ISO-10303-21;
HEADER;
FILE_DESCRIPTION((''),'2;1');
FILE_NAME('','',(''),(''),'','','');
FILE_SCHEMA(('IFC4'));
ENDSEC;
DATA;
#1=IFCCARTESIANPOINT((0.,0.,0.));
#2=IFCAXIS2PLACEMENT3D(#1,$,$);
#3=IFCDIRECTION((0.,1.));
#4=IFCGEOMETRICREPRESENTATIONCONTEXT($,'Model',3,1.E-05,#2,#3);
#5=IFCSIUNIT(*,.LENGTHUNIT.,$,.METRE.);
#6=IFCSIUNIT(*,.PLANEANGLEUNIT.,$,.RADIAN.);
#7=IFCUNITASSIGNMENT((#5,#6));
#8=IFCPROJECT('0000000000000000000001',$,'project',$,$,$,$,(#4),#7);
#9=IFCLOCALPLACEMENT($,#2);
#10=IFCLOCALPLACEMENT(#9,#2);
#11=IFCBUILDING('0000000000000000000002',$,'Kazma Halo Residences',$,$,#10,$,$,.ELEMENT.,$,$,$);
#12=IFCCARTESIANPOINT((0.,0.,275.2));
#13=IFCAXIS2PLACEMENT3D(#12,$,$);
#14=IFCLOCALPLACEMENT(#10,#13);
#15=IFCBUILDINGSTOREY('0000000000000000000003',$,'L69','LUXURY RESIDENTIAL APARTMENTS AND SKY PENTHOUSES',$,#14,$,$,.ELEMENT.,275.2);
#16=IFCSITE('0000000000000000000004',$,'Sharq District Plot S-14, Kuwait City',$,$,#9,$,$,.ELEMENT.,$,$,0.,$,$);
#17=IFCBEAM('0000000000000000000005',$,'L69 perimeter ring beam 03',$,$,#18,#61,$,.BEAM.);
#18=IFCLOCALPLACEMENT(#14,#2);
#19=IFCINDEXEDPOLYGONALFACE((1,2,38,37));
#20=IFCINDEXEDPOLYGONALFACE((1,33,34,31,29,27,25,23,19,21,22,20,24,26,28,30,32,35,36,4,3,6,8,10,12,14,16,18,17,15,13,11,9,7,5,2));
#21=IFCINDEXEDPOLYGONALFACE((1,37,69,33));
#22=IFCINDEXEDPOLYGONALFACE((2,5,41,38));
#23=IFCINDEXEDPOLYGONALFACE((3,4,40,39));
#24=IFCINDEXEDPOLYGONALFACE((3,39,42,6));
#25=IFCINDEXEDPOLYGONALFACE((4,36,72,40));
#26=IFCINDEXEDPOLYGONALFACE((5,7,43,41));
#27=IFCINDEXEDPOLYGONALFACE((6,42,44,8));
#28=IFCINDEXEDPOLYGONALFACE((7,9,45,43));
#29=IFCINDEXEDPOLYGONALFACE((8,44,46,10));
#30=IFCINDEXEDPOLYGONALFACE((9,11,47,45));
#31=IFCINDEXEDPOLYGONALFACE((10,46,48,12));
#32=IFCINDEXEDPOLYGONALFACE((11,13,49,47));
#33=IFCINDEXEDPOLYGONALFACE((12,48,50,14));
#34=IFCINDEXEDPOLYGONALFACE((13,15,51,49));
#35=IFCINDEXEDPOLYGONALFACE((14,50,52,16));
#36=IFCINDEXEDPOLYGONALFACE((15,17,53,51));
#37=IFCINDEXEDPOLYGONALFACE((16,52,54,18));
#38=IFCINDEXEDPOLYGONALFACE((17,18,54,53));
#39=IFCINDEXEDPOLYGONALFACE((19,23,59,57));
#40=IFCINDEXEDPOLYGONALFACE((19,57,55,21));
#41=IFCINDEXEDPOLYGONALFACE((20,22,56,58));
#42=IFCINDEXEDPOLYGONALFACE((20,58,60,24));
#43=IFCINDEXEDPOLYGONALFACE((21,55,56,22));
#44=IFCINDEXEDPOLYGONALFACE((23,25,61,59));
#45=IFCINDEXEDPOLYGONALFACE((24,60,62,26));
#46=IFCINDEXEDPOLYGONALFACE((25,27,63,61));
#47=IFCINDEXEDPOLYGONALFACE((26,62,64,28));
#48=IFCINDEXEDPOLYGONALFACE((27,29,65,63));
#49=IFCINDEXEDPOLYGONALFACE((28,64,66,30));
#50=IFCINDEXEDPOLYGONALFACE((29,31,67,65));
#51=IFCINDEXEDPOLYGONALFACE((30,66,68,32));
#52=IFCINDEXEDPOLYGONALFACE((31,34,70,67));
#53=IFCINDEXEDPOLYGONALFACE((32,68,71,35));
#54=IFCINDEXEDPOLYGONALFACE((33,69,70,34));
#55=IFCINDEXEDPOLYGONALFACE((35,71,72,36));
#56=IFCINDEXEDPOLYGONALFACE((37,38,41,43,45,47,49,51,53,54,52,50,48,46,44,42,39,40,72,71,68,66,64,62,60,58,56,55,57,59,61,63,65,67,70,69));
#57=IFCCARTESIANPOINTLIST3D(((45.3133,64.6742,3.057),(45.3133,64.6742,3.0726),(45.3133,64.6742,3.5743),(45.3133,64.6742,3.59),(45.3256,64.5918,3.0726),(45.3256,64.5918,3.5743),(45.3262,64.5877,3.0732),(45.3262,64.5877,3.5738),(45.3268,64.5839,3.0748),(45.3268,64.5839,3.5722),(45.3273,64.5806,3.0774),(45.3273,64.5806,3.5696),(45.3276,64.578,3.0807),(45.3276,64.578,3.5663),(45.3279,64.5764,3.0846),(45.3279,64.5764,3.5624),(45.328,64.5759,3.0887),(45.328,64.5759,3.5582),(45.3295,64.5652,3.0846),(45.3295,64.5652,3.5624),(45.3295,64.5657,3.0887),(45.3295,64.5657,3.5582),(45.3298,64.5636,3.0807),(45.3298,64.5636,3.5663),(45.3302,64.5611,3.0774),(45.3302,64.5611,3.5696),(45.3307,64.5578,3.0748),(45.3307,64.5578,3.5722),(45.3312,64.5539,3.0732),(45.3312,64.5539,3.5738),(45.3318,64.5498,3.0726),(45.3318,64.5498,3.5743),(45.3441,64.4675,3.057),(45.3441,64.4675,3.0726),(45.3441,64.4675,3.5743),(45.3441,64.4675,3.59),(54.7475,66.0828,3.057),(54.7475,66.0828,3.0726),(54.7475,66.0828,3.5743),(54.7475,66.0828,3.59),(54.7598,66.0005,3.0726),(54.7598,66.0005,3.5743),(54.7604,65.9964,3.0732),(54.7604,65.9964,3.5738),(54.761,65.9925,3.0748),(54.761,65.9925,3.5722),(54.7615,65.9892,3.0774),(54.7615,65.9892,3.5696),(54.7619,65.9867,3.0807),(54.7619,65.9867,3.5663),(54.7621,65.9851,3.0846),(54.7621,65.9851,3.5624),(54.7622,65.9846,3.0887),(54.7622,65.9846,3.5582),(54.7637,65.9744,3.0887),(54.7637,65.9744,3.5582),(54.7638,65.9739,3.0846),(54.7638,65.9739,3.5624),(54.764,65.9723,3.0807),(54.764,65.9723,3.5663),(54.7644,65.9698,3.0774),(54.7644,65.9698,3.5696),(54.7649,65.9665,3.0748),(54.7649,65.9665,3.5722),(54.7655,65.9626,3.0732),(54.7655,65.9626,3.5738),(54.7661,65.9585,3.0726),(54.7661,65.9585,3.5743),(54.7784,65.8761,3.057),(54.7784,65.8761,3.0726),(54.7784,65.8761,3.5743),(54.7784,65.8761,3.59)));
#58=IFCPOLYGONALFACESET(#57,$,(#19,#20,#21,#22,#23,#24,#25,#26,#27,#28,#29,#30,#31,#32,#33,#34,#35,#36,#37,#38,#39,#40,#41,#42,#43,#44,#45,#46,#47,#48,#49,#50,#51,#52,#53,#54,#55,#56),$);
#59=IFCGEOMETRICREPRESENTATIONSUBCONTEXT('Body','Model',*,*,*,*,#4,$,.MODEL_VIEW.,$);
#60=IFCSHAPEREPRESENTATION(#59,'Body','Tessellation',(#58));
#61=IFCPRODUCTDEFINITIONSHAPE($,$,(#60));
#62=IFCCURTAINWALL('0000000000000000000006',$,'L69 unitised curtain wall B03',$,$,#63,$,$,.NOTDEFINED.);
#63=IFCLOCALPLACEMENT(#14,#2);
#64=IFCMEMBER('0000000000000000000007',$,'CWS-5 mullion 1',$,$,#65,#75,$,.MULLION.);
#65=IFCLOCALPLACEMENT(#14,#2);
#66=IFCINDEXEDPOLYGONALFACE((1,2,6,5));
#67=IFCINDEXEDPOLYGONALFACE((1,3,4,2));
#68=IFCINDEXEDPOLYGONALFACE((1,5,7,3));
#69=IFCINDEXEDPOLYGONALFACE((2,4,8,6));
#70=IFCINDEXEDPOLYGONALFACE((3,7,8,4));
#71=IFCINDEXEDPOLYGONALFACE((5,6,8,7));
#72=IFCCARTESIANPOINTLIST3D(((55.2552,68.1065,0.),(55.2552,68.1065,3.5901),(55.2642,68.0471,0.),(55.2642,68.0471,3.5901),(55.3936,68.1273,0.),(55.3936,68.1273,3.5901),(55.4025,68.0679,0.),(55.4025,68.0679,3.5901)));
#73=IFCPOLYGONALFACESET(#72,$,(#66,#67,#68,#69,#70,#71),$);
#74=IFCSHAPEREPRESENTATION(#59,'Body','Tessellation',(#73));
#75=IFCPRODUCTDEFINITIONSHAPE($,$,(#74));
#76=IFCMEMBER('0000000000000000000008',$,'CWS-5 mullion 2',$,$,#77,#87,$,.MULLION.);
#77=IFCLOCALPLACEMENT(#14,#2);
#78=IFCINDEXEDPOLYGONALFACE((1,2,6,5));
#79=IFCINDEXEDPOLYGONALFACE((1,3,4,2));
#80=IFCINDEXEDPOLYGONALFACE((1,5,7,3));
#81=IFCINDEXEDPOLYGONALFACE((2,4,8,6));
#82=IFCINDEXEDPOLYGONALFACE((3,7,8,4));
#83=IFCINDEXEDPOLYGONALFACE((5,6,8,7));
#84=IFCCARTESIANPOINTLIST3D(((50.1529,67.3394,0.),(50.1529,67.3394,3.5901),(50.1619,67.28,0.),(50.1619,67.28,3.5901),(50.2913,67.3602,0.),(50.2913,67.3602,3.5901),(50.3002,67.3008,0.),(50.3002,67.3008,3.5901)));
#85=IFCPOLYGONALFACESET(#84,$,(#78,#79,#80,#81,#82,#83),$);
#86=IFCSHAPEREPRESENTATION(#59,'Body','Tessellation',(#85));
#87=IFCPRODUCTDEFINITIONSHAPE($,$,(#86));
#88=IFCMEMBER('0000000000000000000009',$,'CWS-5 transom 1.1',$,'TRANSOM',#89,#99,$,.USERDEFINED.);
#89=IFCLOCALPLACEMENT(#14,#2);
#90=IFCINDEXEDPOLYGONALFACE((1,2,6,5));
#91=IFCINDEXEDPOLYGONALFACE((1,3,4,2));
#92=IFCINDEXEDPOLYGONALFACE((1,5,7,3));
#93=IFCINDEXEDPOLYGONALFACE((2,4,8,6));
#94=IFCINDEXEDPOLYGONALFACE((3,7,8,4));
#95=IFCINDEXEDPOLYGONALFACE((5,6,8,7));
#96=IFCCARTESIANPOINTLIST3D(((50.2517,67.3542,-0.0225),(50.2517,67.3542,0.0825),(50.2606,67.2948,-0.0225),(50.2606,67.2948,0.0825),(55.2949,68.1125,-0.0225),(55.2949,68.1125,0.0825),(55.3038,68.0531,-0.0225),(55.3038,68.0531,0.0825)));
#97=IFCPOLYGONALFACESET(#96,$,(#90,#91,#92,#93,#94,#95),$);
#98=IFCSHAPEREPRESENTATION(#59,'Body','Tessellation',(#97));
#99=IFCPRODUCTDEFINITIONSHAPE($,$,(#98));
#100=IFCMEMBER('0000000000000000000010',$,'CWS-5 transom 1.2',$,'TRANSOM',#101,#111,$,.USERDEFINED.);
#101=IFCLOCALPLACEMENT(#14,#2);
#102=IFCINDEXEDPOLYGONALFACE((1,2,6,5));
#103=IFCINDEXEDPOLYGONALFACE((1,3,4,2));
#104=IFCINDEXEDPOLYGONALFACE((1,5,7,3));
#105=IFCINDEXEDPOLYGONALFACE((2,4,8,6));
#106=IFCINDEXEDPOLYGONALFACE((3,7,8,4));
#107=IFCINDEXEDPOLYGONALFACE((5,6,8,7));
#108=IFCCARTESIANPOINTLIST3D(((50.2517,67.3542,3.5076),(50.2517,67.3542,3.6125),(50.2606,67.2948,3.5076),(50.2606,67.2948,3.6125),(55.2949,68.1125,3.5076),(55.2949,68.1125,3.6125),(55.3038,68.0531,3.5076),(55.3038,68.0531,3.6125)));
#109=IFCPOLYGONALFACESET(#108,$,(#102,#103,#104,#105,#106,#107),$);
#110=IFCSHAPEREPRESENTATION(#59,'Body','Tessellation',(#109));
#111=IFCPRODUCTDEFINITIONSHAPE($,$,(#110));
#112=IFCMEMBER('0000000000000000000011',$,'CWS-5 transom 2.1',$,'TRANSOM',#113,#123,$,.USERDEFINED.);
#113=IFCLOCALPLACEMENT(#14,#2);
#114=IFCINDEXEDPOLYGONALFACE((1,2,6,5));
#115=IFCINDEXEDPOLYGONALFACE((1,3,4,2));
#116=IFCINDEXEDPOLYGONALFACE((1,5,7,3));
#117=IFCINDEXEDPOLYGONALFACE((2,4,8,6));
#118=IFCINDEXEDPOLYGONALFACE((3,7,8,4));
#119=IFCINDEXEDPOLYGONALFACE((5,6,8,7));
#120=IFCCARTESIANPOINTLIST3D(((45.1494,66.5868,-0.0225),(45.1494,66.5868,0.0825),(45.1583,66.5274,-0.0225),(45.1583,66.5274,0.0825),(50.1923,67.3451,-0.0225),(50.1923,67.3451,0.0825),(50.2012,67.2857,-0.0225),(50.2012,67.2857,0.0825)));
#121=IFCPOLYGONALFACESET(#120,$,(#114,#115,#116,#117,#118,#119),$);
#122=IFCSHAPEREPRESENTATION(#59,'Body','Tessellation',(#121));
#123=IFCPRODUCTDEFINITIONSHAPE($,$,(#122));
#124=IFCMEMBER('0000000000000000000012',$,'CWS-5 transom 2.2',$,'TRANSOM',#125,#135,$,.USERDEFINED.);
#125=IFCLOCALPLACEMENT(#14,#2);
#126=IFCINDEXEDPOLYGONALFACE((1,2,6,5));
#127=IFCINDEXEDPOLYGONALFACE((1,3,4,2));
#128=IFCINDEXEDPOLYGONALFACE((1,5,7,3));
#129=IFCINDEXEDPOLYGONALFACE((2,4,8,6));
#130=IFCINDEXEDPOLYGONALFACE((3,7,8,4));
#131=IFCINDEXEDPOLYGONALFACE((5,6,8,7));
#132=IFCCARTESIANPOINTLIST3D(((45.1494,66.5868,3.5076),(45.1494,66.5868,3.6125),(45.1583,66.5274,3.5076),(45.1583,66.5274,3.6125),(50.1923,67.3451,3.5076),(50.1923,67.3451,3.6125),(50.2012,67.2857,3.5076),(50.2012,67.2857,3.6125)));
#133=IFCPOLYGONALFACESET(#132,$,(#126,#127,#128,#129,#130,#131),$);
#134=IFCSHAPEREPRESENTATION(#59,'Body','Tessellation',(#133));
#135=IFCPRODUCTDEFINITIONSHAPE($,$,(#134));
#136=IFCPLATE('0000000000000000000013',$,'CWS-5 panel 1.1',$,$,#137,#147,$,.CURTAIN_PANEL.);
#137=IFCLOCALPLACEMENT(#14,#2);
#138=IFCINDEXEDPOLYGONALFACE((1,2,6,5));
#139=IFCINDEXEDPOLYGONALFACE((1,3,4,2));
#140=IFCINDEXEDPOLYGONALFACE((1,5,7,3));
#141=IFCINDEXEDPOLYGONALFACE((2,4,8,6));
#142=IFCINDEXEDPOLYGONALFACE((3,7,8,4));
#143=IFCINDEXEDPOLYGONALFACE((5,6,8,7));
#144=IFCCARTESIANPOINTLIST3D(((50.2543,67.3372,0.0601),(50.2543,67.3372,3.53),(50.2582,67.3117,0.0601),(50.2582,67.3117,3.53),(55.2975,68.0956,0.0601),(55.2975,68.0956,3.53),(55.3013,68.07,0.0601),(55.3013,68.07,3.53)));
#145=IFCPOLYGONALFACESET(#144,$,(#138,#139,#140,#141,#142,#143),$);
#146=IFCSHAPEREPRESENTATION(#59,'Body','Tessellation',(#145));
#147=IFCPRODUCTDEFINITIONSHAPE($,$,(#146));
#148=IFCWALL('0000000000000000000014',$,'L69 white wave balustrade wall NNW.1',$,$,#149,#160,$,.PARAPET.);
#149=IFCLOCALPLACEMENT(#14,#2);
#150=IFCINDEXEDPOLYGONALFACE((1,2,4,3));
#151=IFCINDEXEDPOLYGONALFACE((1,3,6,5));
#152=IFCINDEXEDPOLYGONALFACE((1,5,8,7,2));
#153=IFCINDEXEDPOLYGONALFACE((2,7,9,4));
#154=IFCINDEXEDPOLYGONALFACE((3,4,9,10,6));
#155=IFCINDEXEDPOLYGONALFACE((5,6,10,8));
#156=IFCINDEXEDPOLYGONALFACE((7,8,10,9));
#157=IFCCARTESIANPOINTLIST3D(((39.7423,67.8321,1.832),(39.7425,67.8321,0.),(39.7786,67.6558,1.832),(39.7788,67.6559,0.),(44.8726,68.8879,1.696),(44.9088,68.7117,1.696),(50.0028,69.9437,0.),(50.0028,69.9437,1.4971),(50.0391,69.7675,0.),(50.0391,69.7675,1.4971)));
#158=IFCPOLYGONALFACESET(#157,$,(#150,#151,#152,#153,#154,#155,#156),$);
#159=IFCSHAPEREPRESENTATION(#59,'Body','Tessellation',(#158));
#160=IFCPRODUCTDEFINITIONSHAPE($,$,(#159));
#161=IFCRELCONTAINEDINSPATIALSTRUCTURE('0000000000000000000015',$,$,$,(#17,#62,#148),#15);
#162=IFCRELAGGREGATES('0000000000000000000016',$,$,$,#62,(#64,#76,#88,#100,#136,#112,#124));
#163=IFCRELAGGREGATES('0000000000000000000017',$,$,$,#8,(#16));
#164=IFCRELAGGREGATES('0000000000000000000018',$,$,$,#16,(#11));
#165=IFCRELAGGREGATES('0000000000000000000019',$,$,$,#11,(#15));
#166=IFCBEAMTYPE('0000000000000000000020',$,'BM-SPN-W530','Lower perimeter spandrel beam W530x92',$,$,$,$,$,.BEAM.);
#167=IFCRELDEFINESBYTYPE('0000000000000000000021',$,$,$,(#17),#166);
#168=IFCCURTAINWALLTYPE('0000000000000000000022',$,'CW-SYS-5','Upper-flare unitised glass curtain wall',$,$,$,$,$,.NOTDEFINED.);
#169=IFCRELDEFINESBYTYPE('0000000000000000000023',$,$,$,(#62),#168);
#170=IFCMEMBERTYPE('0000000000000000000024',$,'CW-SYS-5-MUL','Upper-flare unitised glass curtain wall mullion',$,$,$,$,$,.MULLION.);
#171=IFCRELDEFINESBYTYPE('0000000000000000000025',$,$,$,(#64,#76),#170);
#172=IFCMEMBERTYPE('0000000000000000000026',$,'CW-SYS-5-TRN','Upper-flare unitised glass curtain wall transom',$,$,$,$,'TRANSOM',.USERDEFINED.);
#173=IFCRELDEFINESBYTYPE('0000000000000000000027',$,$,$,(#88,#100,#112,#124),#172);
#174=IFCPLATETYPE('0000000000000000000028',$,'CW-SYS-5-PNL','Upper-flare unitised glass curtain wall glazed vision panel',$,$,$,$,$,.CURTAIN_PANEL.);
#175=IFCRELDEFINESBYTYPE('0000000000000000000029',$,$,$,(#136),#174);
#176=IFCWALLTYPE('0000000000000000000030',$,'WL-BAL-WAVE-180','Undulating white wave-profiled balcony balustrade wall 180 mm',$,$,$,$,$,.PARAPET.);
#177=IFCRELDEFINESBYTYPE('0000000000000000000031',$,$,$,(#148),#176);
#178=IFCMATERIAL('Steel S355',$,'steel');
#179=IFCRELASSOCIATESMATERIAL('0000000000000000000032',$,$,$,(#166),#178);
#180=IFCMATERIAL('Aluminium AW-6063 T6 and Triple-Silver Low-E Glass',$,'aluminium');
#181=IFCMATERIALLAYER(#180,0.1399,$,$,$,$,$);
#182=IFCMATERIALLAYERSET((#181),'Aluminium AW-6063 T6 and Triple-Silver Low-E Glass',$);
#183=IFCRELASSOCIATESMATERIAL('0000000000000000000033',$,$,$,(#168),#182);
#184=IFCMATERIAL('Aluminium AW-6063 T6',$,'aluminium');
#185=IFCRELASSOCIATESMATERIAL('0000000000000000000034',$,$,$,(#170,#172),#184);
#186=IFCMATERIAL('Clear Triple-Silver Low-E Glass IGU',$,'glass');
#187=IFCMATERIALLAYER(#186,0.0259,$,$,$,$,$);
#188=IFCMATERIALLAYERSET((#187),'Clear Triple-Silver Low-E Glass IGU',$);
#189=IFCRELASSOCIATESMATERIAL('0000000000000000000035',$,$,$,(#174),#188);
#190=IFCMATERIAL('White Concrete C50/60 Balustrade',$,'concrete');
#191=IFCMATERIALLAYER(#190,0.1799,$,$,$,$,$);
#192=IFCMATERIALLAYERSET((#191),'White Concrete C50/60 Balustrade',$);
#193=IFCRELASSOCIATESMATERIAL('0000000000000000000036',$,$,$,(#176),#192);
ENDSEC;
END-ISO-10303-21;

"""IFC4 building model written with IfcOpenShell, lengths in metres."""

from ifc_helpers import new_model, si_unit, direction, frame, origin, origin_2d, place, context, subcontext, project, spatial, polyline, rectangle, i_section, outline, extrude, material, layer, layer_set, material_profile, profile_set, type_object, element, aggregate, save


model = new_model("IFC4")

# Units and contexts
model_context = context("Model", 3, precision=1e-05, world=origin(), true_north=direction((0.0, 1.0)))
body_context = subcontext(model_context, "Body", "Model", "MODEL_VIEW")
ifc_project = project(units=[si_unit("LENGTHUNIT", "METRE"), si_unit("PLANEANGLEUNIT", "RADIAN")], contexts=[model_context])

# Site, building, storey
site_placement = place(None, origin())
site = spatial("IfcSite", under=ifc_project, at=site_placement, Name="Sharq District Plot S-14, Kuwait City", CompositionType="ELEMENT", RefElevation=0.0)
building_placement = place(site_placement, origin())
building = spatial("IfcBuilding", under=site, at=building_placement, Name="Kazma Halo Residences", CompositionType="ELEMENT")
storey_placement = place(building_placement, frame((0.0, 0.0, 275.2)))
storey = spatial("IfcBuildingStorey", under=building, at=storey_placement, Name="L69", Description="LUXURY RESIDENTIAL APARTMENTS AND SKY PENTHOUSES", CompositionType="ELEMENT", Elevation=275.2)

# Beam
ifc_material_1 = material(Name="Steel S355", Category="steel")
ifc_material_profile_1 = material_profile(ifc_material_1, i_section(OverallWidth=0.209, OverallDepth=0.533, WebThickness=0.0103, FlangeThickness=0.0156, FilletRadius=0.0161, at=origin_2d()), Name="W530x92")
ifc_profile_set_1 = profile_set([ifc_material_profile_1], Name="Steel S355")
beam_type_1 = type_object("IfcBeamType", Name="BM-SPN-W530", Description="Lower perimeter spandrel beam W530x92", PredefinedType="BEAM", material=ifc_profile_set_1)
beam_1_placement = place(storey_placement, frame((54.7629, 65.9795, 3.3235), z_axis=(-0.989035, -0.147678, 0.0), x_axis=(0.147678, -0.989035, 0.0)))
element("IfcBeam", 1, at=beam_1_placement, inside=storey, type_object=beam_type_1, Name="L69 perimeter ring beam 03", PredefinedType="BEAM", context=body_context, shape_type="SweptSolid", body=[
    extrude(i_section(OverallWidth=0.209, OverallDepth=0.533, WebThickness=0.0103, FlangeThickness=0.0156, FilletRadius=0.0161, at=origin_2d()), origin(), (0.0, 0.0, 1.0), 9.5388),
])

# Curtain wall, members, plate
ifc_material_2 = material(Name="Aluminium AW-6063 T6 and Triple-Silver Low-E Glass", Category="aluminium")
ifc_layer_1 = layer(ifc_material_2, 0.1399)
ifc_layer_set_1 = layer_set([ifc_layer_1], Name="Aluminium AW-6063 T6 and Triple-Silver Low-E Glass")
curtain_wall_type = type_object("IfcCurtainWallType", Name="CW-SYS-5", Description="Upper-flare unitised glass curtain wall", PredefinedType="NOTDEFINED", material=ifc_layer_set_1)
curtain_wall_placement = place(storey_placement, origin())
curtain_wall = element("IfcCurtainWall", 2, at=curtain_wall_placement, inside=storey, type_object=curtain_wall_type, Name="L69 unitised curtain wall B03", PredefinedType="NOTDEFINED")
ifc_material_3 = material(Name="Aluminium AW-6063 T6", Category="aluminium")
ifc_material_profile_2 = material_profile(ifc_material_3, rectangle(XDim=0.0601, YDim=0.1399, at=origin_2d()), Name="CWM-60x140")
ifc_profile_set_2 = profile_set([ifc_material_profile_2], Name="Aluminium AW-6063 T6")
member_type_1 = type_object("IfcMemberType", Name="CW-SYS-5-MUL", Description="Upper-flare unitised glass curtain wall mullion", PredefinedType="MULLION", material=ifc_profile_set_2)
member_1_placement = place(storey_placement, frame((55.3289, 68.0872, 0.0), z_axis=(0.0, 0.0, 1.0), x_axis=(0.148697, -0.988883, 0.0)))
member_1 = element("IfcMember", 3, at=member_1_placement, type_object=member_type_1, Name="CWS-5 mullion 1", PredefinedType="MULLION", context=body_context, shape_type="SweptSolid", body=[
    extrude(rectangle(XDim=0.0601, YDim=0.1399, at=origin_2d()), origin(), (0.0, 0.0, 1.0), 3.5901),
])
member_2_placement = place(storey_placement, frame((50.2266, 67.3201, 0.0), z_axis=(0.0, 0.0, 1.0), x_axis=(0.148697, -0.988883, 0.0)))
member_2 = element("IfcMember", 4, at=member_2_placement, type_object=member_type_1, Name="CWS-5 mullion 2", PredefinedType="MULLION", context=body_context, shape_type="SweptSolid", body=[
    extrude(rectangle(XDim=0.0601, YDim=0.1399, at=origin_2d()), origin(), (0.0, 0.0, 1.0), 3.5901),
])
ifc_material_profile_3 = material_profile(ifc_material_3, rectangle(XDim=0.0601, YDim=0.105, at=origin_2d()), Name="CWT-60x105")
ifc_profile_set_3 = profile_set([ifc_material_profile_3], Name="Aluminium AW-6063 T6")
member_type_2 = type_object("IfcMemberType", Name="CW-SYS-5-TRN", Description="Upper-flare unitised glass curtain wall transom", ElementType="TRANSOM", PredefinedType="USERDEFINED", material=ifc_profile_set_3)
member_3_placement = place(storey_placement, frame((55.2993, 68.0828, 0.03), z_axis=(-0.988884, -0.148689, 0.0), x_axis=(0.148689, -0.988884, 0.0)))
member_3 = element("IfcMember", 5, at=member_3_placement, type_object=member_type_2, Name="CWS-5 transom 1.1", ObjectType="TRANSOM", PredefinedType="USERDEFINED", context=body_context, shape_type="SweptSolid", body=[
    extrude(rectangle(XDim=0.0601, YDim=0.105, at=origin_2d()), origin(), (0.0, 0.0, 1.0), 5.0999),
])
member_4_placement = place(storey_placement, frame((55.2993, 68.0828, 3.5601), z_axis=(-0.988884, -0.148689, 0.0), x_axis=(0.148689, -0.988884, 0.0)))
member_4 = element("IfcMember", 6, at=member_4_placement, type_object=member_type_2, Name="CWS-5 transom 1.2", ObjectType="TRANSOM", PredefinedType="USERDEFINED", context=body_context, shape_type="SweptSolid", body=[
    extrude(rectangle(XDim=0.0601, YDim=0.105, at=origin_2d()), origin(), (0.0, 0.0, 1.0), 5.0999),
])
member_5_placement = place(storey_placement, frame((50.1968, 67.3154, 0.03), z_axis=(-0.988883, -0.148696, 0.0), x_axis=(0.148696, -0.988883, 0.0)))
member_5 = element("IfcMember", 7, at=member_5_placement, type_object=member_type_2, Name="CWS-5 transom 2.1", ObjectType="TRANSOM", PredefinedType="USERDEFINED", context=body_context, shape_type="SweptSolid", body=[
    extrude(rectangle(XDim=0.0601, YDim=0.105, at=origin_2d()), origin(), (0.0, 0.0, 1.0), 5.0996),
])
member_6_placement = place(storey_placement, frame((50.1968, 67.3154, 3.5601), z_axis=(-0.988883, -0.148696, 0.0), x_axis=(0.148696, -0.988883, 0.0)))
member_6 = element("IfcMember", 8, at=member_6_placement, type_object=member_type_2, Name="CWS-5 transom 2.2", ObjectType="TRANSOM", PredefinedType="USERDEFINED", context=body_context, shape_type="SweptSolid", body=[
    extrude(rectangle(XDim=0.0601, YDim=0.105, at=origin_2d()), origin(), (0.0, 0.0, 1.0), 5.0996),
])
ifc_material_4 = material(Name="Clear Triple-Silver Low-E Glass IGU", Category="glass")
ifc_layer_2 = layer(ifc_material_4, 0.0259)
ifc_layer_set_2 = layer_set([ifc_layer_2], Name="Clear Triple-Silver Low-E Glass IGU")
plate_type = type_object("IfcPlateType", Name="CW-SYS-5-PNL", Description="Upper-flare unitised glass curtain wall glazed vision panel", PredefinedType="CURTAIN_PANEL", material=ifc_layer_set_2)
plate_placement = place(storey_placement, frame((52.7778, 67.7036, 0.0601), z_axis=(0.0, 0.0, 1.0), x_axis=(-0.988883, -0.148697, 0.0)))
plate = element("IfcPlate", 9, at=plate_placement, type_object=plate_type, Name="CWS-5 panel 1.1", PredefinedType="CURTAIN_PANEL", context=body_context, shape_type="SweptSolid", body=[
    extrude(rectangle(XDim=5.0999, YDim=0.0259, at=origin_2d()), origin(), (0.0, 0.0, 1.0), 3.47),
])
aggregate(curtain_wall, [member_1, member_2, member_3, member_4, plate, member_5, member_6])

# Wall
ifc_material_5 = material(Name="White Concrete C50/60 Balustrade", Category="concrete")
ifc_layer_3 = layer(ifc_material_5, 0.1799)
ifc_layer_set_3 = layer_set([ifc_layer_3], Name="White Concrete C50/60 Balustrade")
wall_type_1 = type_object("IfcWallType", Name="WL-BAL-WAVE-180", Description="Undulating white wave-profiled balcony balustrade wall 180 mm", PredefinedType="PARAPET", material=ifc_layer_set_3)
wall_1_placement = place(storey_placement, frame((50.021, 69.8555, 0.0), z_axis=(0.0, 0.0, 1.0), x_axis=(-0.979473, -0.201577, 0.0)))
element("IfcWall", 10, at=wall_1_placement, inside=storey, type_object=wall_type_1, Name="L69 white wave balustrade wall NNW.1", PredefinedType="PARAPET", context=body_context, shape_type="SweptSolid", body=[
    extrude(outline(polyline([(0.0, 0.0), (10.4753, 0.0), (10.4756, 1.832), (5.2378, 1.696), (0.0, 1.4971), (0.0, 0.0)])), frame((0.0, 0.0898, 0.0), z_axis=(0.0, -1.0, 0.0), x_axis=(1.0, 0.0, 0.0)), (0.0, 0.0, 1.0), 0.1799),
])

save(model, "model.ifc")
